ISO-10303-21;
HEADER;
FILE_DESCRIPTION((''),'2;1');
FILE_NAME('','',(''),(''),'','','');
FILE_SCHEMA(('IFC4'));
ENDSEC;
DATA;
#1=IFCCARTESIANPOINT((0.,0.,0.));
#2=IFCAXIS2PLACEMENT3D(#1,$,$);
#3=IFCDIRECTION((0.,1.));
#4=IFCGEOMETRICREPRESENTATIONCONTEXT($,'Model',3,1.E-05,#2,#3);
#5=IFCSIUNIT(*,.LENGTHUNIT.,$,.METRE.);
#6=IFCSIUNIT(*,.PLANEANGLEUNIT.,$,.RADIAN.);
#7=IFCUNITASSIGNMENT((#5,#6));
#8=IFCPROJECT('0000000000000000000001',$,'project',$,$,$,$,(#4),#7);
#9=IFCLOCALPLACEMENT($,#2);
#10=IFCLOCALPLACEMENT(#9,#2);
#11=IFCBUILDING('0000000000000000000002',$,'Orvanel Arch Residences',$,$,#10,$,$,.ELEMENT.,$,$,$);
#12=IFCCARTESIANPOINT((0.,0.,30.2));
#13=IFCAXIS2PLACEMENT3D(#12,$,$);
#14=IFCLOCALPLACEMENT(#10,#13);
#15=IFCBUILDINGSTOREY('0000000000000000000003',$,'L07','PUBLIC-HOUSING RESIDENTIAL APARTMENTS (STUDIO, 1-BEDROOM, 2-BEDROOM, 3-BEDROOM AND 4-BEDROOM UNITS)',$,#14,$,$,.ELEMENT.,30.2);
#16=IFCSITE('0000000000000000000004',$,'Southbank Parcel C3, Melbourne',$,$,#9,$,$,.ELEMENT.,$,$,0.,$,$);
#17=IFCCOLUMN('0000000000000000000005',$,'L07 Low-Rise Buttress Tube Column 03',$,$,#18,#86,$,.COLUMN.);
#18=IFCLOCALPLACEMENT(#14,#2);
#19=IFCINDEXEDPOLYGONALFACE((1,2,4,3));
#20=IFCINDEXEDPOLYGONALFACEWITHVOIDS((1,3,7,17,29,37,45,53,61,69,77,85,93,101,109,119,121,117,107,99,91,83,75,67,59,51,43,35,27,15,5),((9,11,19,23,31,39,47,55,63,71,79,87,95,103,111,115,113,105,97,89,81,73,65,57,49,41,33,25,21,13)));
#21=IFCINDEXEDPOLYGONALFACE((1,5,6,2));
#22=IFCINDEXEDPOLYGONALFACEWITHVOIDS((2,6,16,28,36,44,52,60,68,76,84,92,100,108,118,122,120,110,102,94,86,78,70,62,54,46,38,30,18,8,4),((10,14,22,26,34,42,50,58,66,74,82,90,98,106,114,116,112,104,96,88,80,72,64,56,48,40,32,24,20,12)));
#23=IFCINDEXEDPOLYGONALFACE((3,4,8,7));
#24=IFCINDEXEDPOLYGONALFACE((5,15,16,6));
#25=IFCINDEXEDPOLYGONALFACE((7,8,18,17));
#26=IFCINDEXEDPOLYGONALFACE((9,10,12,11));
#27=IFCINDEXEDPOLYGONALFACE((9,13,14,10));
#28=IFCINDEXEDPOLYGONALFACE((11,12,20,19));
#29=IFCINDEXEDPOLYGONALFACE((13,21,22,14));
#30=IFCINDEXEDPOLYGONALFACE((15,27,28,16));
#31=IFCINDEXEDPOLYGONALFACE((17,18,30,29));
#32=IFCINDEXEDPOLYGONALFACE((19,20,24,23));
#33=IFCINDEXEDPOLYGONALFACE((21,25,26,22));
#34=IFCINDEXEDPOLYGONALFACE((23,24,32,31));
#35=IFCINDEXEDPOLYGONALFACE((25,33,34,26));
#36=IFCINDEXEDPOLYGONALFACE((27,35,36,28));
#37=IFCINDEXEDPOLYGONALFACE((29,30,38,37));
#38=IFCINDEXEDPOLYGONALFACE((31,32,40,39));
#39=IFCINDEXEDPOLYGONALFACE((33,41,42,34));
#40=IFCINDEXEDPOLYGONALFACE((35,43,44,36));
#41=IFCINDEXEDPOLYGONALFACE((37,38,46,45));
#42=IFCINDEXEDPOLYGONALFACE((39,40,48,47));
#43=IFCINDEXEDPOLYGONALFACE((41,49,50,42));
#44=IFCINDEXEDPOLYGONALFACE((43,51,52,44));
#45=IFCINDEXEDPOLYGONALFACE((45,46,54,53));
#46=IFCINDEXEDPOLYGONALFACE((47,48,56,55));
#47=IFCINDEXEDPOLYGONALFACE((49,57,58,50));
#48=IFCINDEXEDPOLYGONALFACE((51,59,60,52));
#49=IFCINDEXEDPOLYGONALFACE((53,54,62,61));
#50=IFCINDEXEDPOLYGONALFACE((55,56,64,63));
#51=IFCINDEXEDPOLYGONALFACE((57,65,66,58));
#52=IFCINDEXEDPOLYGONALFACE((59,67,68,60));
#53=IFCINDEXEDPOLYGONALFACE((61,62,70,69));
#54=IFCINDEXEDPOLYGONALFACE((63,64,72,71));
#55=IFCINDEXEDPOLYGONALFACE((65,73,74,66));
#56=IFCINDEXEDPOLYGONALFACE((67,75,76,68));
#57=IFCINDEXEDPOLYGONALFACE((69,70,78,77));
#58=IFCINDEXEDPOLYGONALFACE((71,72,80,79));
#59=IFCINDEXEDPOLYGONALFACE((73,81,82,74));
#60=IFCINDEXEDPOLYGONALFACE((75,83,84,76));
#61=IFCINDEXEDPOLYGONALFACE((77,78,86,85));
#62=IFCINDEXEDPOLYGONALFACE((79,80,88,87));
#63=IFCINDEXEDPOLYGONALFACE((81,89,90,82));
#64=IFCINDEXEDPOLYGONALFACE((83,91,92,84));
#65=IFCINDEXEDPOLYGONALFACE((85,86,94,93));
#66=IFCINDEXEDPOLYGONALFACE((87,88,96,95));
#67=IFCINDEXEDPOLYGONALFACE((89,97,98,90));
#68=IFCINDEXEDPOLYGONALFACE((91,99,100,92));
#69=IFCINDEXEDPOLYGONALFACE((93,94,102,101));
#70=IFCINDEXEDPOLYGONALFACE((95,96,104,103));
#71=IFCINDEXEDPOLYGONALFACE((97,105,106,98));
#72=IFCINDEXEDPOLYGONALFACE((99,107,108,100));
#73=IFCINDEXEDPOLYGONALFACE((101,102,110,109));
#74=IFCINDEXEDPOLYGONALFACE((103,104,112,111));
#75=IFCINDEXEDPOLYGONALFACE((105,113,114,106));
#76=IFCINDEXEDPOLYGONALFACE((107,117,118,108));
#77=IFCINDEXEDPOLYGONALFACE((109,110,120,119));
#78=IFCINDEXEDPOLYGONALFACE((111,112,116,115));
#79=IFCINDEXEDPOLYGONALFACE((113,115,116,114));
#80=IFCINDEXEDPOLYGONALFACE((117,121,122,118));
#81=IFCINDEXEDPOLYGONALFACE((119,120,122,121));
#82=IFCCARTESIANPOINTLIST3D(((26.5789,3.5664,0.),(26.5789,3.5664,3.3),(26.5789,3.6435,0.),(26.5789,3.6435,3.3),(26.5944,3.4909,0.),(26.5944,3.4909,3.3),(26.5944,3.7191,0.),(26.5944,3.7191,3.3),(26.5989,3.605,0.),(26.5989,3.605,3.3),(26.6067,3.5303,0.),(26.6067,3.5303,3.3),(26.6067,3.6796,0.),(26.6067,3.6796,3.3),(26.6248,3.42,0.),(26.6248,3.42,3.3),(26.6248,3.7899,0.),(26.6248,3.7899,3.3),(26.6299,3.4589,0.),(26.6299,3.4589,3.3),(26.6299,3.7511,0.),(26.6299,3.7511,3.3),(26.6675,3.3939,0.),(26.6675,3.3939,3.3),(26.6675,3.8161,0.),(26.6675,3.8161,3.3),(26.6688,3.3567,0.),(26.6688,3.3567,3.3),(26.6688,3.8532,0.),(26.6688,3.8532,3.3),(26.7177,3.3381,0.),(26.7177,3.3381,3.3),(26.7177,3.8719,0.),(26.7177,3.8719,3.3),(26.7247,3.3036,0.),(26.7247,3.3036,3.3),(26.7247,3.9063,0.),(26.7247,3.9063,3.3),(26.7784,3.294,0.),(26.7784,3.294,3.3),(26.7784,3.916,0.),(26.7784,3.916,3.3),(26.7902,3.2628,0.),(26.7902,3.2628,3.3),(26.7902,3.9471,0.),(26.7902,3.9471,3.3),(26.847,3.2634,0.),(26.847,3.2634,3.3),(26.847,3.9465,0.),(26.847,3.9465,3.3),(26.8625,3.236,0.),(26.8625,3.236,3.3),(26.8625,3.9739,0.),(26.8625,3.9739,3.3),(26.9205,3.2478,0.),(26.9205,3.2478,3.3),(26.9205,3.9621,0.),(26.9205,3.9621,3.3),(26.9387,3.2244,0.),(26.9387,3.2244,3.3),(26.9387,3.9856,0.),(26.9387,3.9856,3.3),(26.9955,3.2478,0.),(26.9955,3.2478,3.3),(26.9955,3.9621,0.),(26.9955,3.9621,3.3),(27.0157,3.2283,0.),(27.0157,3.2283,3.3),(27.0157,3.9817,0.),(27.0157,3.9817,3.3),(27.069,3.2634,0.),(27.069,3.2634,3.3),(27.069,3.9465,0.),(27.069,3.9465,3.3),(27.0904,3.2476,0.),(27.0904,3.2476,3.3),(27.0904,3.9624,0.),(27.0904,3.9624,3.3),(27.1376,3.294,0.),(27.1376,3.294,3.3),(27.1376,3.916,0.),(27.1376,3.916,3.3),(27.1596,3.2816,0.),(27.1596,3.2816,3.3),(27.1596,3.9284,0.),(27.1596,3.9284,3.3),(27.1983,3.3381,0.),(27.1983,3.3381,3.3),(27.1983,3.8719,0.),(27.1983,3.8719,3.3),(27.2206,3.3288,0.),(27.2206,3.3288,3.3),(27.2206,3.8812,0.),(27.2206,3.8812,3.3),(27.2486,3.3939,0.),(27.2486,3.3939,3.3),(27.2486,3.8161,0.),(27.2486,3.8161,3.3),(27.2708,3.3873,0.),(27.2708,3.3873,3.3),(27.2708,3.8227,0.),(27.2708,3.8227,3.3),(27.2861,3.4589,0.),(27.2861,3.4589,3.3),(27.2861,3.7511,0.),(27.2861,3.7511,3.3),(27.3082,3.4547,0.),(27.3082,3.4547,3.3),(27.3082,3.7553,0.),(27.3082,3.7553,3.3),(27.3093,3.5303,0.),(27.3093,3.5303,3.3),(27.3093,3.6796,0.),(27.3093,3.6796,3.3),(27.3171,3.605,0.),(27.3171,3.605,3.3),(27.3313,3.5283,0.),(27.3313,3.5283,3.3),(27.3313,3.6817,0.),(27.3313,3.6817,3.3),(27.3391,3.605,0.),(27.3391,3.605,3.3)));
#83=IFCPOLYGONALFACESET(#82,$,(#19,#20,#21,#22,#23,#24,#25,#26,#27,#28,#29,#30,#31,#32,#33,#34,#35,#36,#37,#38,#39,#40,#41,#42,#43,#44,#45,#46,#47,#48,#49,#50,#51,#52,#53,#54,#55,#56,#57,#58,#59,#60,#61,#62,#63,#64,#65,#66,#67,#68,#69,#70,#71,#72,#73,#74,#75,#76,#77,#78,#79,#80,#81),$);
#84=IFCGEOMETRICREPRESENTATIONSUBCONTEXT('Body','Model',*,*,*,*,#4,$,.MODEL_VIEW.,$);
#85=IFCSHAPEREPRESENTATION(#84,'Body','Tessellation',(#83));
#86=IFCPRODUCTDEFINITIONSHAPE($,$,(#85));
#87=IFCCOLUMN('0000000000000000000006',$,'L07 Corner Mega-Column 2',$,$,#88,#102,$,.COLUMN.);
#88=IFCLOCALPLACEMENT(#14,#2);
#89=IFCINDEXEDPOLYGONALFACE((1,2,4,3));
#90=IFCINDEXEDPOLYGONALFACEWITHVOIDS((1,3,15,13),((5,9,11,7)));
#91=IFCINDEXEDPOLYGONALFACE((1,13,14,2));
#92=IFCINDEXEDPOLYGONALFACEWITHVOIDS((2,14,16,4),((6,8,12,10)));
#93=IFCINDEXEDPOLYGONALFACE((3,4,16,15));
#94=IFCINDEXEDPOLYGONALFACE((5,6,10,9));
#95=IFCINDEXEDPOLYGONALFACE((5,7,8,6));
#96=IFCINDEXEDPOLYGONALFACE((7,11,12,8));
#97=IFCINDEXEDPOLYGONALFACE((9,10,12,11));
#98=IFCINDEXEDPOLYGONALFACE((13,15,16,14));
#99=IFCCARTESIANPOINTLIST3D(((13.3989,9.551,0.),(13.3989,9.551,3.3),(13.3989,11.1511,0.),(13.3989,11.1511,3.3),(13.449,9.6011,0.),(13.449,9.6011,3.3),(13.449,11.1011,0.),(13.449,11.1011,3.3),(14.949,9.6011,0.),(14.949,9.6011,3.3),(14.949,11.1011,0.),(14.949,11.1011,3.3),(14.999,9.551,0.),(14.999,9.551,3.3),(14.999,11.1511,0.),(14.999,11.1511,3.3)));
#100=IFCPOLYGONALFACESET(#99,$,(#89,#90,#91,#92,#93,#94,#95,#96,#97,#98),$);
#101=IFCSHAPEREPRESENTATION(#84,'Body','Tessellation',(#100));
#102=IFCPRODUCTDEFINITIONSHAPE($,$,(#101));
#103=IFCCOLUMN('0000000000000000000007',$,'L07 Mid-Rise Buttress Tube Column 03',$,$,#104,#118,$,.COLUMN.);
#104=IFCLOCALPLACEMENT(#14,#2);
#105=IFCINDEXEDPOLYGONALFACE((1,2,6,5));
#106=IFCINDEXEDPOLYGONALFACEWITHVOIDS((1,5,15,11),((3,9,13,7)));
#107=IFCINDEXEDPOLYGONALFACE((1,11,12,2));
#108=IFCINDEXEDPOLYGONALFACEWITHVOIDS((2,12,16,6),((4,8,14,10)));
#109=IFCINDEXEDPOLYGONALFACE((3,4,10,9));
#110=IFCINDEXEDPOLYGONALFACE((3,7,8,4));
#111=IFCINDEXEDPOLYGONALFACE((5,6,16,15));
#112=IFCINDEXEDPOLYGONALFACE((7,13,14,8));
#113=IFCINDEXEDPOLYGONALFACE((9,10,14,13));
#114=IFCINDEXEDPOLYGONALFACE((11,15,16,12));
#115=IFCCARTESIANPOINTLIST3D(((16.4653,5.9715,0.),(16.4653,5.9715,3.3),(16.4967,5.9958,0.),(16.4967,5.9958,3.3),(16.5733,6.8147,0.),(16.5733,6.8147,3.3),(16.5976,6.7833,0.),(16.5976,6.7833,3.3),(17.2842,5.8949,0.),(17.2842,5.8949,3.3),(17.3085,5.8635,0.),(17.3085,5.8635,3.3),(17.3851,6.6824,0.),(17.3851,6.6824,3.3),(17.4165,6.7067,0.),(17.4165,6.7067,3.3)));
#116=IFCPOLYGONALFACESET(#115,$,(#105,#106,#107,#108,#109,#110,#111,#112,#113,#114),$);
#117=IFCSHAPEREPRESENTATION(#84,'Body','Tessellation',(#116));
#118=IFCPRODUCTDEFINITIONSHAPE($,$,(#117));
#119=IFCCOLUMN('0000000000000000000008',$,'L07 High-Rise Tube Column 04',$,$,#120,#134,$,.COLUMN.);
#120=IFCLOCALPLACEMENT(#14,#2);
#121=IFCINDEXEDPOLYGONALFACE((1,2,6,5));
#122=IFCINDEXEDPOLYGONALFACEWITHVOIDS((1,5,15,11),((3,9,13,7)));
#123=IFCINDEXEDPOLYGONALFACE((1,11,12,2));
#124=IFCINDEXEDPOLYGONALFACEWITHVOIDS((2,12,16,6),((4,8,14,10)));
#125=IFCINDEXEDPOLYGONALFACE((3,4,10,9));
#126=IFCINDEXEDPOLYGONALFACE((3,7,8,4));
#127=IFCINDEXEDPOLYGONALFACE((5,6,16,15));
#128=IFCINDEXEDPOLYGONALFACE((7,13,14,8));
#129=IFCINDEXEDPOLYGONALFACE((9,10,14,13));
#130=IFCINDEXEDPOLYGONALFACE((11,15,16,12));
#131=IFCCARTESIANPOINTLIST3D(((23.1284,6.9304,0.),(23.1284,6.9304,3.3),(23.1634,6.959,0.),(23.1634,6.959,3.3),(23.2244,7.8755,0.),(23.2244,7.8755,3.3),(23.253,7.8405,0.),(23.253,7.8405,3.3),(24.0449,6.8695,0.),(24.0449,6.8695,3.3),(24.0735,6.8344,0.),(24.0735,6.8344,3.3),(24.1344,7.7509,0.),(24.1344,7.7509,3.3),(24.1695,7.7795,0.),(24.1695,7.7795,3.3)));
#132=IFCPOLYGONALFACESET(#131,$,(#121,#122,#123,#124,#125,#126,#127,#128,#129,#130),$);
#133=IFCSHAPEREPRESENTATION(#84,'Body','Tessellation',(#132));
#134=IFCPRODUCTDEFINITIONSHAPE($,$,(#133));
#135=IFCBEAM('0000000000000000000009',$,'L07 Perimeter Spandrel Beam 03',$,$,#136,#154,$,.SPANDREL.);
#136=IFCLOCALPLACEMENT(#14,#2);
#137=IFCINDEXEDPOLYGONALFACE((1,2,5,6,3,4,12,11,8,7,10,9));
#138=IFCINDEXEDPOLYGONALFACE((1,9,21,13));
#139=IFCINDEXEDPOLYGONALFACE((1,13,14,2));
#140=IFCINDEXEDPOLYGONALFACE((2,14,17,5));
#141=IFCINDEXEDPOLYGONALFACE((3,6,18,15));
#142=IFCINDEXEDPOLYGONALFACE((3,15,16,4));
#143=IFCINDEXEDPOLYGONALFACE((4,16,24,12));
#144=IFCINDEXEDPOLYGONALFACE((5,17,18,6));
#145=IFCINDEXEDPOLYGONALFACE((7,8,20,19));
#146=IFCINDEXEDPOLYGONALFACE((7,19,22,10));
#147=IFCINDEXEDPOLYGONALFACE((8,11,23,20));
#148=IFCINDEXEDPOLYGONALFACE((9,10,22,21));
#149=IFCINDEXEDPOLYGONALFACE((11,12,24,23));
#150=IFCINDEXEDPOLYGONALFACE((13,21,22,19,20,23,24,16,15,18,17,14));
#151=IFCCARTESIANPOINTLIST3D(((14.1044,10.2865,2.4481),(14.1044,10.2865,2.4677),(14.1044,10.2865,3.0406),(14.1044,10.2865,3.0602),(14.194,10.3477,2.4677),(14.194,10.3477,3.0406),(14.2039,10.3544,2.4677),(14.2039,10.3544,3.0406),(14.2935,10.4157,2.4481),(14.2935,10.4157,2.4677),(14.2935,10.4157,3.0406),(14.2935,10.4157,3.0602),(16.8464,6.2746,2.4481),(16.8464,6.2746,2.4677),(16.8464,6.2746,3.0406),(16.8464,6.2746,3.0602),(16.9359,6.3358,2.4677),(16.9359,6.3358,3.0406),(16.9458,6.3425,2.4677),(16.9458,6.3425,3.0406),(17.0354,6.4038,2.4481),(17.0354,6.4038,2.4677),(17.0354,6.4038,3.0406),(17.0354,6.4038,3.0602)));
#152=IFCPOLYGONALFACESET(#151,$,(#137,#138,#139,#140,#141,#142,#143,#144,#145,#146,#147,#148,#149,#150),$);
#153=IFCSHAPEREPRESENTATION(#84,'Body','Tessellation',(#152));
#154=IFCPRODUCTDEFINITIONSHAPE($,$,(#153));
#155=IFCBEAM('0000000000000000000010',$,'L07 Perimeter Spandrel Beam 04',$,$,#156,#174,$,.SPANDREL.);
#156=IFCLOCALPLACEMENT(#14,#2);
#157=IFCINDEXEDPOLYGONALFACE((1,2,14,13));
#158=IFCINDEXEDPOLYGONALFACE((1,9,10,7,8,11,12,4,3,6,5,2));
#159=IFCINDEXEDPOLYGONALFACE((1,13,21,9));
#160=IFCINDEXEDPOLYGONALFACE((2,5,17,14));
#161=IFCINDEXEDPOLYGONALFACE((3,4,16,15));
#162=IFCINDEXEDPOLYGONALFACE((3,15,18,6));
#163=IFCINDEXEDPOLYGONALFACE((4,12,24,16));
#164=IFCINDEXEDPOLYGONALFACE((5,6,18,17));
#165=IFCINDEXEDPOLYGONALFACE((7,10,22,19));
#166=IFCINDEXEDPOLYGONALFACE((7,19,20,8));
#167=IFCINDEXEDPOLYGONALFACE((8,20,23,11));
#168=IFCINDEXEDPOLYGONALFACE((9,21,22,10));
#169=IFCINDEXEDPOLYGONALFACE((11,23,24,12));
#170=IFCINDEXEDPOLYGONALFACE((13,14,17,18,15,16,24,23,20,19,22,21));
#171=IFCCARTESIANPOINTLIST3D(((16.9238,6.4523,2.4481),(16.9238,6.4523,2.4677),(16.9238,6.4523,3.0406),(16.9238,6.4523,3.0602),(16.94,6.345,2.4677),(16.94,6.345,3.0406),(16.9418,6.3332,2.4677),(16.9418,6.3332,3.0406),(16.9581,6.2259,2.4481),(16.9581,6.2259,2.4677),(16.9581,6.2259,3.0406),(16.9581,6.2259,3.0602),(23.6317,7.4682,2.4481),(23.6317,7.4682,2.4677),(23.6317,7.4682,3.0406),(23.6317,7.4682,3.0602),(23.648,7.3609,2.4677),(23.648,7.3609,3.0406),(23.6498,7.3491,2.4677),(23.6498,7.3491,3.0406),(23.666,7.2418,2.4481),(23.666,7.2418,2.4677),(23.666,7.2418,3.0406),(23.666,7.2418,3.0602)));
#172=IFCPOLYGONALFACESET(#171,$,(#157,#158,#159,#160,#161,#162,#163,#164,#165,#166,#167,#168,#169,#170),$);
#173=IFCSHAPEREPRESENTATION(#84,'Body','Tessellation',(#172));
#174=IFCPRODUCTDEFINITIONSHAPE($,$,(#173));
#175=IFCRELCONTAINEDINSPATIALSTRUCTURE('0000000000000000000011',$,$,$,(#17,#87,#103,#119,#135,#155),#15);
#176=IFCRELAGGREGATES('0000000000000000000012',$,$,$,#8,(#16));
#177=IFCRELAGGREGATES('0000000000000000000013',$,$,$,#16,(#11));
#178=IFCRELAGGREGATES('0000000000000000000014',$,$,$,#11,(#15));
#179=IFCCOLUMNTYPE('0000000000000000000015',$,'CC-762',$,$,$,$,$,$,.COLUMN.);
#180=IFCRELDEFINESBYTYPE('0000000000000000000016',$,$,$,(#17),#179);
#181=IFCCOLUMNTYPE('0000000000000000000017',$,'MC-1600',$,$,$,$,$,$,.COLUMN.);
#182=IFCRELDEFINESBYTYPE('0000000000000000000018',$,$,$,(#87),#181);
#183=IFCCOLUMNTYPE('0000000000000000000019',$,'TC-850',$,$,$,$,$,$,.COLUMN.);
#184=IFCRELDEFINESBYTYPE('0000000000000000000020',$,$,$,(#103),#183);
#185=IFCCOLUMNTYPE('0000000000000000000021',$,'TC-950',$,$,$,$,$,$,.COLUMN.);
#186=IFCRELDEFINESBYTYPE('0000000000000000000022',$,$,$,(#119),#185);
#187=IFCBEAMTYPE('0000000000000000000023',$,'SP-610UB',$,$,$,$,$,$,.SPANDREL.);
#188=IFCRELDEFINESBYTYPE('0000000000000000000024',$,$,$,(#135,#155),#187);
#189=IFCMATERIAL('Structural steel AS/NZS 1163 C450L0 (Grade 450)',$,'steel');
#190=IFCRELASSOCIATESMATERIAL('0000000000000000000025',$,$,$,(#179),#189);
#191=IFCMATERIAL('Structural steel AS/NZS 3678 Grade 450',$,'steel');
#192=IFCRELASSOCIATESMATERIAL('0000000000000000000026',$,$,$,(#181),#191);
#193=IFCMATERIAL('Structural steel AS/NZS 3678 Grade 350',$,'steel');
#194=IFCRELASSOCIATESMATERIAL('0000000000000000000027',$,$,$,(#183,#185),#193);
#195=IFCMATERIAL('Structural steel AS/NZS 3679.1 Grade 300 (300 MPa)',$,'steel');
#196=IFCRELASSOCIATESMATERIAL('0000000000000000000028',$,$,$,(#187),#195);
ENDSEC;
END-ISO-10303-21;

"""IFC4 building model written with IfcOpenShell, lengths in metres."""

from ifc_helpers import new_model, si_unit, direction, frame, origin, origin_2d, place, context, subcontext, project, spatial, hollow_rectangle, hollow_circle, i_section, extrude, material, material_profile, profile_set, type_object, element, save


model = new_model("IFC4")

# Units and contexts
model_context = context("Model", 3, precision=1e-05, world=origin(), true_north=direction((0.0, 1.0)))
body_context = subcontext(model_context, "Body", "Model", "MODEL_VIEW")
ifc_project = project(units=[si_unit("LENGTHUNIT", "METRE"), si_unit("PLANEANGLEUNIT", "RADIAN")], contexts=[model_context])

# Site, building, storey
site_placement = place(None, origin())
site = spatial("IfcSite", under=ifc_project, at=site_placement, Name="Southbank Parcel C3, Melbourne", CompositionType="ELEMENT", RefElevation=0.0)
building_placement = place(site_placement, origin())
building = spatial("IfcBuilding", under=site, at=building_placement, Name="Orvanel Arch Residences", CompositionType="ELEMENT")
storey_placement = place(building_placement, frame((0.0, 0.0, 30.2)))
storey = spatial("IfcBuildingStorey", under=building, at=storey_placement, Name="L07", Description="PUBLIC-HOUSING RESIDENTIAL APARTMENTS (STUDIO, 1-BEDROOM, 2-BEDROOM, 3-BEDROOM AND 4-BEDROOM UNITS)", CompositionType="ELEMENT", Elevation=30.2)

# Columns
ifc_material_1 = material(Name="Structural steel AS/NZS 1163 C450L0 (Grade 450)", Category="steel")
ifc_material_profile_1 = material_profile(ifc_material_1, hollow_circle(Radius=0.3811, WallThickness=0.022, at=origin_2d()), Name="CHS762x22")
ifc_profile_set_1 = profile_set([ifc_material_profile_1], Name="Structural steel AS/NZS 1163 C450L0 (Grade 450)")
column_type_1 = type_object("IfcColumnType", Name="CC-762", PredefinedType="COLUMN", material=ifc_profile_set_1)
column_1_placement = place(storey_placement, frame((26.958, 3.605, 0.0), z_axis=(0.0, 0.0, 1.0), x_axis=(1.0, 0.0, 0.0)))
element("IfcColumn", 1, at=column_1_placement, inside=storey, type_object=column_type_1, Name="L07 Low-Rise Buttress Tube Column 03", PredefinedType="COLUMN", context=body_context, shape_type="SweptSolid", body=[
    extrude(hollow_circle(Radius=0.3811, WallThickness=0.022, at=origin_2d()), origin(), (0.0, 0.0, 1.0), 3.3),
])
ifc_material_2 = material(Name="Structural steel AS/NZS 3678 Grade 450", Category="steel")
ifc_material_profile_2 = material_profile(ifc_material_2, hollow_rectangle(XDim=1.6001, YDim=1.6001, WallThickness=0.05, at=origin_2d()), Name="BOX1600x1600x50")
ifc_profile_set_2 = profile_set([ifc_material_profile_2], Name="Structural steel AS/NZS 3678 Grade 450")
column_type_2 = type_object("IfcColumnType", Name="MC-1600", PredefinedType="COLUMN", material=ifc_profile_set_2)
column_2_placement = place(storey_placement, frame((14.199, 10.3511, 0.0), z_axis=(0.0, 0.0, 1.0), x_axis=(1.0, 0.0, 0.0)))
element("IfcColumn", 2, at=column_2_placement, inside=storey, type_object=column_type_2, Name="L07 Corner Mega-Column 2", PredefinedType="COLUMN", context=body_context, shape_type="SweptSolid", body=[
    extrude(hollow_rectangle(XDim=1.6001, YDim=1.6001, WallThickness=0.05, at=origin_2d()), origin(), (0.0, 0.0, 1.0), 3.3),
])
ifc_material_3 = material(Name="Structural steel AS/NZS 3678 Grade 350", Category="steel")
ifc_material_profile_3 = material_profile(ifc_material_3, hollow_rectangle(XDim=0.8501, YDim=0.8501, WallThickness=0.0281, at=origin_2d()), Name="BOX850x850x28")
ifc_profile_set_3 = profile_set([ifc_material_profile_3], Name="Structural steel AS/NZS 3678 Grade 350")
column_type_3 = type_object("IfcColumnType", Name="TC-850", PredefinedType="COLUMN", material=ifc_profile_set_3)
column_3_placement = place(storey_placement, frame((16.9409, 6.3391, 0.0), z_axis=(0.0, 0.0, 1.0), x_axis=(-0.991894, 0.127065, 0.0)))
element("IfcColumn", 3, at=column_3_placement, inside=storey, type_object=column_type_3, Name="L07 Mid-Rise Buttress Tube Column 03", PredefinedType="COLUMN", context=body_context, shape_type="SweptSolid", body=[
    extrude(hollow_rectangle(XDim=0.8501, YDim=0.8501, WallThickness=0.0281, at=origin_2d()), origin(), (0.0, 0.0, 1.0), 3.3),
])
ifc_material_profile_4 = material_profile(ifc_material_3, hollow_rectangle(XDim=0.95, YDim=0.95, WallThickness=0.032, at=origin_2d()), Name="BOX950x950x32")
ifc_profile_set_4 = profile_set([ifc_material_profile_4], Name="Structural steel AS/NZS 3678 Grade 350")
column_type_4 = type_object("IfcColumnType", Name="TC-950", PredefinedType="COLUMN", material=ifc_profile_set_4)
column_4_placement = place(storey_placement, frame((23.6489, 7.355, 0.0), z_axis=(0.0, 0.0, 1.0), x_axis=(-0.994881, 0.101056, 0.0)))
element("IfcColumn", 4, at=column_4_placement, inside=storey, type_object=column_type_4, Name="L07 High-Rise Tube Column 04", PredefinedType="COLUMN", context=body_context, shape_type="SweptSolid", body=[
    extrude(hollow_rectangle(XDim=0.95, YDim=0.95, WallThickness=0.032, at=origin_2d()), origin(), (0.0, 0.0, 1.0), 3.3),
])

# Beams
ifc_material_4 = material(Name="Structural steel AS/NZS 3679.1 Grade 300 (300 MPa)", Category="steel")
ifc_material_profile_5 = material_profile(ifc_material_4, i_section(OverallWidth=0.229, OverallDepth=0.6121, WebThickness=0.012, FlangeThickness=0.0195, at=origin_2d()), Name="610UB125")
ifc_profile_set_5 = profile_set([ifc_material_profile_5], Name="Structural steel AS/NZS 3679.1 Grade 300 (300 MPa)")
beam_type = type_object("IfcBeamType", Name="SP-610UB", PredefinedType="SPANDREL", material=ifc_profile_set_5)
beam_1_placement = place(storey_placement, frame((14.199, 10.3511, 2.7542), z_axis=(0.564252, -0.825603, 0.0), x_axis=(0.825603, 0.564252, 0.0)))
element("IfcBeam", 5, at=beam_1_placement, inside=storey, type_object=beam_type, Name="L07 Perimeter Spandrel Beam 03", PredefinedType="SPANDREL", context=body_context, shape_type="SweptSolid", body=[
    extrude(i_section(OverallWidth=0.229, OverallDepth=0.6121, WebThickness=0.012, FlangeThickness=0.0195, at=origin_2d()), origin(), (0.0, 0.0, 1.0), 4.8594),
])
beam_2_placement = place(storey_placement, frame((16.9409, 6.3391, 2.7542), z_axis=(0.988726, 0.149734, 0.0), x_axis=(-0.149734, 0.988726, 0.0)))
element("IfcBeam", 6, at=beam_2_placement, inside=storey, type_object=beam_type, Name="L07 Perimeter Spandrel Beam 04", PredefinedType="SPANDREL", context=body_context, shape_type="SweptSolid", body=[
    extrude(i_section(OverallWidth=0.229, OverallDepth=0.6121, WebThickness=0.012, FlangeThickness=0.0195, at=origin_2d()), origin(), (0.0, 0.0, 1.0), 6.7844),
])

save(model, "model.ifc")
